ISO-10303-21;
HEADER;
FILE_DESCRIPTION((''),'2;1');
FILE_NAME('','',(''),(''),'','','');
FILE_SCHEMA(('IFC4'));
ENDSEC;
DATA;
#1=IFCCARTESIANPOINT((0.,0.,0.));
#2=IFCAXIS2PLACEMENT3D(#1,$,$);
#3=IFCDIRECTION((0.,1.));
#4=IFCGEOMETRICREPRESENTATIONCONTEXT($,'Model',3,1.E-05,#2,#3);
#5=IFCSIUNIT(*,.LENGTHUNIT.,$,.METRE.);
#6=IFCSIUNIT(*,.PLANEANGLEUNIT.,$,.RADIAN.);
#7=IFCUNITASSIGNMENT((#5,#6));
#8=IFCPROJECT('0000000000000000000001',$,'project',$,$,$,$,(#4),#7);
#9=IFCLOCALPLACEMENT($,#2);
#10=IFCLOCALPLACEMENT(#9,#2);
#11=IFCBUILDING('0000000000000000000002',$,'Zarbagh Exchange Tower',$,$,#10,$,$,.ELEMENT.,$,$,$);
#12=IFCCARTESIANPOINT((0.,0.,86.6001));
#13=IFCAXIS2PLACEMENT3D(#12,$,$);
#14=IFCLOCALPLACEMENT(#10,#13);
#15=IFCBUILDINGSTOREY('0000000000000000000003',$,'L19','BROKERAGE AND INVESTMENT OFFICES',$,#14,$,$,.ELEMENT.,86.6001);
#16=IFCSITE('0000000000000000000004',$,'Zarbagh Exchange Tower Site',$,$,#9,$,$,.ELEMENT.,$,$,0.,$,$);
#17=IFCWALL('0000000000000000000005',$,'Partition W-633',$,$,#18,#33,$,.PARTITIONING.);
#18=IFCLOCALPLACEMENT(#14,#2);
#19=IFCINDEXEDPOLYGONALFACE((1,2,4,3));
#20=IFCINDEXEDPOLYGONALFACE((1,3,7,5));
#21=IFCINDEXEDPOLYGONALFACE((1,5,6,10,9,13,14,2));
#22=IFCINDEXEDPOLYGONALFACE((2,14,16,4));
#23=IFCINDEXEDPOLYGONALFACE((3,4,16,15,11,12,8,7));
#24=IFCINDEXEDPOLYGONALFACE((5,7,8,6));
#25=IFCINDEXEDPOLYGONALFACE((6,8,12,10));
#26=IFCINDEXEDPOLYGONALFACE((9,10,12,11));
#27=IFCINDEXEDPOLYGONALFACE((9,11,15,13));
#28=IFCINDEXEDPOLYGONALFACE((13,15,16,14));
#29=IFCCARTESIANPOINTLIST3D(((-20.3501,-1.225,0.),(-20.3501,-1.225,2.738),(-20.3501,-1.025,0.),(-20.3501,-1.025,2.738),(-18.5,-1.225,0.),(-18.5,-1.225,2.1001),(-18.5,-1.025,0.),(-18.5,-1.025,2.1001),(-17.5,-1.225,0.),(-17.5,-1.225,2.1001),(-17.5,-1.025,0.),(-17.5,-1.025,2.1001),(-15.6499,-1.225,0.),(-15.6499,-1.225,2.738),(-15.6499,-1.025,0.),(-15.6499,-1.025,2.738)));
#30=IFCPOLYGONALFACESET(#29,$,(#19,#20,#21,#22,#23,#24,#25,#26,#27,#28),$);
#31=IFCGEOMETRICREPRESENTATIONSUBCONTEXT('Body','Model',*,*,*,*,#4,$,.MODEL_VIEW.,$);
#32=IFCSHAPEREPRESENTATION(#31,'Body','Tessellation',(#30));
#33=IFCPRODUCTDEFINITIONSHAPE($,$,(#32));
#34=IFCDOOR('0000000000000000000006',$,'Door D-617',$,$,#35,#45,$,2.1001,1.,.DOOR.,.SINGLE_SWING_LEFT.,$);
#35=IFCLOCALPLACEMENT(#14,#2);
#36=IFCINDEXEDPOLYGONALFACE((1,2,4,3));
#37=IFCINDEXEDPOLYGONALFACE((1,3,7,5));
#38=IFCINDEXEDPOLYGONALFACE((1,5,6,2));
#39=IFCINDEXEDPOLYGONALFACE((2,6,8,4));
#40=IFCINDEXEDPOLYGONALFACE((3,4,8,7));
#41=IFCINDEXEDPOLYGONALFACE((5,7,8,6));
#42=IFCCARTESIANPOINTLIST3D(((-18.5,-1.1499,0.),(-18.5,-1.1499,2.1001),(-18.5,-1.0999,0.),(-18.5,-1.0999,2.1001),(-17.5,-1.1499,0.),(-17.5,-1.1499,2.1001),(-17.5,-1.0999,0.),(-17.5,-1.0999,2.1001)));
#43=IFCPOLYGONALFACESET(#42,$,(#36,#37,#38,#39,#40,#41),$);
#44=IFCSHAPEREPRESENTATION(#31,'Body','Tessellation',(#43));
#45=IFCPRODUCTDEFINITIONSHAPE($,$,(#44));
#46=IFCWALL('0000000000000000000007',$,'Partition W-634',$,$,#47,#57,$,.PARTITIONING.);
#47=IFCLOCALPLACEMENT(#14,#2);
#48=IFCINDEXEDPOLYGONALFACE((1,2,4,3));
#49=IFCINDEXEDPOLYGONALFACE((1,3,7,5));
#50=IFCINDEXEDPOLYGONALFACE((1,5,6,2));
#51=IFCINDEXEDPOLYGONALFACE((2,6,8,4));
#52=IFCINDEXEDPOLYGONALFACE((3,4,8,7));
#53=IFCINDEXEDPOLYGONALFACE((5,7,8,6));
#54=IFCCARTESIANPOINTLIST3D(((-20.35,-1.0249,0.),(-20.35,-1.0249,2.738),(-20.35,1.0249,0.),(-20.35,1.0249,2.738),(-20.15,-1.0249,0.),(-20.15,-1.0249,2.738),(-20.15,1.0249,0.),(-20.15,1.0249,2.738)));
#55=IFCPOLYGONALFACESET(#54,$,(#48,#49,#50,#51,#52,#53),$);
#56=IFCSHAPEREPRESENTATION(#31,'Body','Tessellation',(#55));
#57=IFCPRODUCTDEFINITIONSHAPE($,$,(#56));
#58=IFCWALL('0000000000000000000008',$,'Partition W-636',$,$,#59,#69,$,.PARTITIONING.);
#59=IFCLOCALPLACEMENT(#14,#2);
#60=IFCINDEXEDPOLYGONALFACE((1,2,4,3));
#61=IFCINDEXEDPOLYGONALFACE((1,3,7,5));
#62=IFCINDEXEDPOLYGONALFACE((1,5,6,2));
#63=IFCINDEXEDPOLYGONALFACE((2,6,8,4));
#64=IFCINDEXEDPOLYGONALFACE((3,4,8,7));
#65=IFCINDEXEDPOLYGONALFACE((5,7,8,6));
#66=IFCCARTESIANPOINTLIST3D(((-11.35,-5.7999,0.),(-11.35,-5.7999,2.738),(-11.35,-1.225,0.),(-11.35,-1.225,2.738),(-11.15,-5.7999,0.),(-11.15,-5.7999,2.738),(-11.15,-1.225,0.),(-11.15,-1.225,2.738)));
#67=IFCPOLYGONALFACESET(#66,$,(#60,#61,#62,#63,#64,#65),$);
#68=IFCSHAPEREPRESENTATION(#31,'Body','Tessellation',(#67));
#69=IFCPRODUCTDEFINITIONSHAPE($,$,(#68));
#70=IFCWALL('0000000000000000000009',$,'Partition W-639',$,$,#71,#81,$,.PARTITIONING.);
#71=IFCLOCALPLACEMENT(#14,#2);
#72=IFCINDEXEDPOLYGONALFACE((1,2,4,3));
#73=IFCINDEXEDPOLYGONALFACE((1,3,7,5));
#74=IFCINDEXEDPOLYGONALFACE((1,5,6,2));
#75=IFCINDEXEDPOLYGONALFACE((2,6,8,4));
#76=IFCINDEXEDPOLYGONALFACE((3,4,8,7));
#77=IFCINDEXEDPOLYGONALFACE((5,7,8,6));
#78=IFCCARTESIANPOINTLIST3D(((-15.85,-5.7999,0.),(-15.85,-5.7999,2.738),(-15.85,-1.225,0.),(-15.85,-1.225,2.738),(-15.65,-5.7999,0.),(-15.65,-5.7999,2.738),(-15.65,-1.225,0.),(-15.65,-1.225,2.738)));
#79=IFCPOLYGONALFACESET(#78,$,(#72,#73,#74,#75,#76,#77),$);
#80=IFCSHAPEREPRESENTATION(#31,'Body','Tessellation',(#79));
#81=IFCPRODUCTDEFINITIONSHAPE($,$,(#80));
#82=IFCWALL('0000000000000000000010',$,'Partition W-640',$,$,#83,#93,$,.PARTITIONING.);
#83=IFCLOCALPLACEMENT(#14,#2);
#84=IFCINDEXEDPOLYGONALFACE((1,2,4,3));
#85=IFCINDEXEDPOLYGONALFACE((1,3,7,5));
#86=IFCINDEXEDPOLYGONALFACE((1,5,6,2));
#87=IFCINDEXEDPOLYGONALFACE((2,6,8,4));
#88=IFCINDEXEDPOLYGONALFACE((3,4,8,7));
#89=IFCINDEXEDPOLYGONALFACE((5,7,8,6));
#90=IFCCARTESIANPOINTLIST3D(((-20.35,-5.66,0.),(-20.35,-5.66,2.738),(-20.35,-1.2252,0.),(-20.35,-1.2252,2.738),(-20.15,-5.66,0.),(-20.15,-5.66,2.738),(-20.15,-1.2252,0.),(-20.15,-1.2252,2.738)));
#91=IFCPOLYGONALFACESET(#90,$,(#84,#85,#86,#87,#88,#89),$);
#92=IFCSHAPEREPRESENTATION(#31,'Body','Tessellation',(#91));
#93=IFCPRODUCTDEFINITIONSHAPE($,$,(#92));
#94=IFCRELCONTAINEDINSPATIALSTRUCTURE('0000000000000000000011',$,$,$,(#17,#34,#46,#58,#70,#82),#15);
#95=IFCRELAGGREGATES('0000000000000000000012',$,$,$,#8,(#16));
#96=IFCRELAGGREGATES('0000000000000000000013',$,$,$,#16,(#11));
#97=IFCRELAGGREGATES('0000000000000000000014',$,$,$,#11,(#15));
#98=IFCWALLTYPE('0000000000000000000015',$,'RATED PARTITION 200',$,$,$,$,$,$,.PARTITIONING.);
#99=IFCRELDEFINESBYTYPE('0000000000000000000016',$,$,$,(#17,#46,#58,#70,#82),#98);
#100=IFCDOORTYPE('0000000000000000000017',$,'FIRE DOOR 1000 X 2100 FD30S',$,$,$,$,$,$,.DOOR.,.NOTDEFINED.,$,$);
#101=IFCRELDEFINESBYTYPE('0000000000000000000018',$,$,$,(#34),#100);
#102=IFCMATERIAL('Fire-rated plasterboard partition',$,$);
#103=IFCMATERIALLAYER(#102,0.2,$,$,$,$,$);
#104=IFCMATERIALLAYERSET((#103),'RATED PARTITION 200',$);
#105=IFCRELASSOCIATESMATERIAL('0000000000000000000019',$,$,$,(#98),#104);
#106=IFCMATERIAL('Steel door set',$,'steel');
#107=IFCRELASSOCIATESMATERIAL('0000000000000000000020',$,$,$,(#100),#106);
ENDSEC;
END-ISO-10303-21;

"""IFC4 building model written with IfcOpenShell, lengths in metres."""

from ifc_helpers import new_model, si_unit, direction, frame, frame_2d, origin, place, context, subcontext, project, spatial, rectangle, extrude, material, layer, layer_set, type_object, element, fill, save


model = new_model("IFC4")

# Units and contexts
model_context = context("Model", 3, precision=1e-05, world=origin(), true_north=direction((0.0, 1.0)))
body_context = subcontext(model_context, "Body", "Model", "MODEL_VIEW")
ifc_project = project(units=[si_unit("LENGTHUNIT", "METRE"), si_unit("PLANEANGLEUNIT", "RADIAN")], contexts=[model_context])

# Site, building, storey
site_placement = place(None, origin())
site = spatial("IfcSite", under=ifc_project, at=site_placement, Name="Zarbagh Exchange Tower Site", CompositionType="ELEMENT", RefElevation=0.0)
building_placement = place(site_placement, origin())
building = spatial("IfcBuilding", under=site, at=building_placement, Name="Zarbagh Exchange Tower", CompositionType="ELEMENT")
storey_placement = place(building_placement, frame((0.0, 0.0, 86.6001)))
storey = spatial("IfcBuildingStorey", under=building, at=storey_placement, Name="L19", Description="BROKERAGE AND INVESTMENT OFFICES", CompositionType="ELEMENT", Elevation=86.6001)

# Shared definitions
ifc_material_1 = material(Name="Fire-rated plasterboard partition")
ifc_layer_1 = layer(ifc_material_1, 0.2)
ifc_layer_set_1 = layer_set([ifc_layer_1], Name="RATED PARTITION 200")
wall_type_1 = type_object("IfcWallType", Name="RATED PARTITION 200", PredefinedType="PARTITIONING", material=ifc_layer_set_1)

# Wall, opening, door
ifc_material_2 = material(Name="Steel door set", Category="steel")
door_type_1 = type_object("IfcDoorType", Name="FIRE DOOR 1000 X 2100 FD30S", OperationType="NOTDEFINED", PredefinedType="DOOR", material=ifc_material_2)
wall_1_placement = place(storey_placement, frame((-15.6499, -1.125, 0.0), z_axis=(0.0, 0.0, 1.0), x_axis=(-1.0, 0.0, 0.0)))
wall_1 = element("IfcWall", 1, at=wall_1_placement, inside=storey, type_object=wall_type_1, Name="Partition W-633", PredefinedType="PARTITIONING", context=body_context, shape_type="SweptSolid", body=[
    extrude(rectangle(XDim=4.7002, YDim=0.2, at=frame_2d((2.3501, 0.0))), origin(), (0.0, 0.0, 1.0), 2.738),
])
opening_1_placement = place(wall_1_placement, frame((1.8501, 0.0, 0.0)))
opening_1 = element("IfcOpeningElement", 2, at=opening_1_placement, cuts=wall_1, PredefinedType="OPENING", context=body_context, shape_type="SweptSolid", body=[
    extrude(rectangle(XDim=1.0, YDim=2.1001, at=frame_2d((0.5, 1.05))), frame((0.0, 0.1099, 0.0), z_axis=(0.0, -1.0, 0.0), x_axis=(1.0, 0.0, 0.0)), (0.0, 0.0, 1.0), 0.22),
])
door_1_placement = place(opening_1_placement, origin())
door_1 = element("IfcDoor", 3, at=door_1_placement, inside=storey, type_object=door_type_1, Name="Door D-617", OperationType="SINGLE_SWING_LEFT", OverallHeight=2.1001, OverallWidth=1.0, PredefinedType="DOOR", context=body_context, shape_type="SweptSolid", body=[
    extrude(rectangle(XDim=1.0, YDim=2.1001, at=frame_2d((0.5, 1.05))), frame((0.0, 0.0249, 0.0), z_axis=(0.0, -1.0, 0.0), x_axis=(1.0, 0.0, 0.0)), (0.0, 0.0, 1.0), 0.05),
])
fill(opening_1, door_1)

# Walls
wall_2_placement = place(storey_placement, frame((-20.25, -1.0249, 0.0), z_axis=(0.0, 0.0, 1.0), x_axis=(0.0, 1.0, 0.0)))
element("IfcWall", 4, at=wall_2_placement, inside=storey, type_object=wall_type_1, Name="Partition W-634", PredefinedType="PARTITIONING", context=body_context, shape_type="SweptSolid", body=[
    extrude(rectangle(XDim=2.0498, YDim=0.2, at=frame_2d((1.0249, 0.0))), origin(), (0.0, 0.0, 1.0), 2.738),
])
for number, where, z_axis, x_axis, name in (
    (5, (-11.25, -5.8, 0.0), (0.0, 0.0, 1.0), (0.0, 1.0, 0.0), "Partition W-636"),
    (6, (-15.75, -5.8, 0.0), (0.0, 0.0, 1.0), (0.0, 1.0, 0.0), "Partition W-639"),
):
    element("IfcWall", number, at=place(storey_placement, frame(where, z_axis=z_axis, x_axis=x_axis)), inside=storey, type_object=wall_type_1, Name=name, PredefinedType="PARTITIONING", context=body_context, shape_type="SweptSolid", body=[
        extrude(rectangle(XDim=4.575, YDim=0.2, at=frame_2d((2.2876, 0.0))), origin(), (0.0, 0.0, 1.0), 2.738),
    ])
wall_3_placement = place(storey_placement, frame((-20.25, -5.6599, 0.0), z_axis=(0.0, 0.0, 1.0), x_axis=(0.0, 1.0, 0.0)))
element("IfcWall", 7, at=wall_3_placement, inside=storey, type_object=wall_type_1, Name="Partition W-640", PredefinedType="PARTITIONING", context=body_context, shape_type="SweptSolid", body=[
    extrude(rectangle(XDim=4.4348, YDim=0.2, at=frame_2d((2.2173, 0.0))), origin(), (0.0, 0.0, 1.0), 2.738),
])

save(model, "model.ifc")
